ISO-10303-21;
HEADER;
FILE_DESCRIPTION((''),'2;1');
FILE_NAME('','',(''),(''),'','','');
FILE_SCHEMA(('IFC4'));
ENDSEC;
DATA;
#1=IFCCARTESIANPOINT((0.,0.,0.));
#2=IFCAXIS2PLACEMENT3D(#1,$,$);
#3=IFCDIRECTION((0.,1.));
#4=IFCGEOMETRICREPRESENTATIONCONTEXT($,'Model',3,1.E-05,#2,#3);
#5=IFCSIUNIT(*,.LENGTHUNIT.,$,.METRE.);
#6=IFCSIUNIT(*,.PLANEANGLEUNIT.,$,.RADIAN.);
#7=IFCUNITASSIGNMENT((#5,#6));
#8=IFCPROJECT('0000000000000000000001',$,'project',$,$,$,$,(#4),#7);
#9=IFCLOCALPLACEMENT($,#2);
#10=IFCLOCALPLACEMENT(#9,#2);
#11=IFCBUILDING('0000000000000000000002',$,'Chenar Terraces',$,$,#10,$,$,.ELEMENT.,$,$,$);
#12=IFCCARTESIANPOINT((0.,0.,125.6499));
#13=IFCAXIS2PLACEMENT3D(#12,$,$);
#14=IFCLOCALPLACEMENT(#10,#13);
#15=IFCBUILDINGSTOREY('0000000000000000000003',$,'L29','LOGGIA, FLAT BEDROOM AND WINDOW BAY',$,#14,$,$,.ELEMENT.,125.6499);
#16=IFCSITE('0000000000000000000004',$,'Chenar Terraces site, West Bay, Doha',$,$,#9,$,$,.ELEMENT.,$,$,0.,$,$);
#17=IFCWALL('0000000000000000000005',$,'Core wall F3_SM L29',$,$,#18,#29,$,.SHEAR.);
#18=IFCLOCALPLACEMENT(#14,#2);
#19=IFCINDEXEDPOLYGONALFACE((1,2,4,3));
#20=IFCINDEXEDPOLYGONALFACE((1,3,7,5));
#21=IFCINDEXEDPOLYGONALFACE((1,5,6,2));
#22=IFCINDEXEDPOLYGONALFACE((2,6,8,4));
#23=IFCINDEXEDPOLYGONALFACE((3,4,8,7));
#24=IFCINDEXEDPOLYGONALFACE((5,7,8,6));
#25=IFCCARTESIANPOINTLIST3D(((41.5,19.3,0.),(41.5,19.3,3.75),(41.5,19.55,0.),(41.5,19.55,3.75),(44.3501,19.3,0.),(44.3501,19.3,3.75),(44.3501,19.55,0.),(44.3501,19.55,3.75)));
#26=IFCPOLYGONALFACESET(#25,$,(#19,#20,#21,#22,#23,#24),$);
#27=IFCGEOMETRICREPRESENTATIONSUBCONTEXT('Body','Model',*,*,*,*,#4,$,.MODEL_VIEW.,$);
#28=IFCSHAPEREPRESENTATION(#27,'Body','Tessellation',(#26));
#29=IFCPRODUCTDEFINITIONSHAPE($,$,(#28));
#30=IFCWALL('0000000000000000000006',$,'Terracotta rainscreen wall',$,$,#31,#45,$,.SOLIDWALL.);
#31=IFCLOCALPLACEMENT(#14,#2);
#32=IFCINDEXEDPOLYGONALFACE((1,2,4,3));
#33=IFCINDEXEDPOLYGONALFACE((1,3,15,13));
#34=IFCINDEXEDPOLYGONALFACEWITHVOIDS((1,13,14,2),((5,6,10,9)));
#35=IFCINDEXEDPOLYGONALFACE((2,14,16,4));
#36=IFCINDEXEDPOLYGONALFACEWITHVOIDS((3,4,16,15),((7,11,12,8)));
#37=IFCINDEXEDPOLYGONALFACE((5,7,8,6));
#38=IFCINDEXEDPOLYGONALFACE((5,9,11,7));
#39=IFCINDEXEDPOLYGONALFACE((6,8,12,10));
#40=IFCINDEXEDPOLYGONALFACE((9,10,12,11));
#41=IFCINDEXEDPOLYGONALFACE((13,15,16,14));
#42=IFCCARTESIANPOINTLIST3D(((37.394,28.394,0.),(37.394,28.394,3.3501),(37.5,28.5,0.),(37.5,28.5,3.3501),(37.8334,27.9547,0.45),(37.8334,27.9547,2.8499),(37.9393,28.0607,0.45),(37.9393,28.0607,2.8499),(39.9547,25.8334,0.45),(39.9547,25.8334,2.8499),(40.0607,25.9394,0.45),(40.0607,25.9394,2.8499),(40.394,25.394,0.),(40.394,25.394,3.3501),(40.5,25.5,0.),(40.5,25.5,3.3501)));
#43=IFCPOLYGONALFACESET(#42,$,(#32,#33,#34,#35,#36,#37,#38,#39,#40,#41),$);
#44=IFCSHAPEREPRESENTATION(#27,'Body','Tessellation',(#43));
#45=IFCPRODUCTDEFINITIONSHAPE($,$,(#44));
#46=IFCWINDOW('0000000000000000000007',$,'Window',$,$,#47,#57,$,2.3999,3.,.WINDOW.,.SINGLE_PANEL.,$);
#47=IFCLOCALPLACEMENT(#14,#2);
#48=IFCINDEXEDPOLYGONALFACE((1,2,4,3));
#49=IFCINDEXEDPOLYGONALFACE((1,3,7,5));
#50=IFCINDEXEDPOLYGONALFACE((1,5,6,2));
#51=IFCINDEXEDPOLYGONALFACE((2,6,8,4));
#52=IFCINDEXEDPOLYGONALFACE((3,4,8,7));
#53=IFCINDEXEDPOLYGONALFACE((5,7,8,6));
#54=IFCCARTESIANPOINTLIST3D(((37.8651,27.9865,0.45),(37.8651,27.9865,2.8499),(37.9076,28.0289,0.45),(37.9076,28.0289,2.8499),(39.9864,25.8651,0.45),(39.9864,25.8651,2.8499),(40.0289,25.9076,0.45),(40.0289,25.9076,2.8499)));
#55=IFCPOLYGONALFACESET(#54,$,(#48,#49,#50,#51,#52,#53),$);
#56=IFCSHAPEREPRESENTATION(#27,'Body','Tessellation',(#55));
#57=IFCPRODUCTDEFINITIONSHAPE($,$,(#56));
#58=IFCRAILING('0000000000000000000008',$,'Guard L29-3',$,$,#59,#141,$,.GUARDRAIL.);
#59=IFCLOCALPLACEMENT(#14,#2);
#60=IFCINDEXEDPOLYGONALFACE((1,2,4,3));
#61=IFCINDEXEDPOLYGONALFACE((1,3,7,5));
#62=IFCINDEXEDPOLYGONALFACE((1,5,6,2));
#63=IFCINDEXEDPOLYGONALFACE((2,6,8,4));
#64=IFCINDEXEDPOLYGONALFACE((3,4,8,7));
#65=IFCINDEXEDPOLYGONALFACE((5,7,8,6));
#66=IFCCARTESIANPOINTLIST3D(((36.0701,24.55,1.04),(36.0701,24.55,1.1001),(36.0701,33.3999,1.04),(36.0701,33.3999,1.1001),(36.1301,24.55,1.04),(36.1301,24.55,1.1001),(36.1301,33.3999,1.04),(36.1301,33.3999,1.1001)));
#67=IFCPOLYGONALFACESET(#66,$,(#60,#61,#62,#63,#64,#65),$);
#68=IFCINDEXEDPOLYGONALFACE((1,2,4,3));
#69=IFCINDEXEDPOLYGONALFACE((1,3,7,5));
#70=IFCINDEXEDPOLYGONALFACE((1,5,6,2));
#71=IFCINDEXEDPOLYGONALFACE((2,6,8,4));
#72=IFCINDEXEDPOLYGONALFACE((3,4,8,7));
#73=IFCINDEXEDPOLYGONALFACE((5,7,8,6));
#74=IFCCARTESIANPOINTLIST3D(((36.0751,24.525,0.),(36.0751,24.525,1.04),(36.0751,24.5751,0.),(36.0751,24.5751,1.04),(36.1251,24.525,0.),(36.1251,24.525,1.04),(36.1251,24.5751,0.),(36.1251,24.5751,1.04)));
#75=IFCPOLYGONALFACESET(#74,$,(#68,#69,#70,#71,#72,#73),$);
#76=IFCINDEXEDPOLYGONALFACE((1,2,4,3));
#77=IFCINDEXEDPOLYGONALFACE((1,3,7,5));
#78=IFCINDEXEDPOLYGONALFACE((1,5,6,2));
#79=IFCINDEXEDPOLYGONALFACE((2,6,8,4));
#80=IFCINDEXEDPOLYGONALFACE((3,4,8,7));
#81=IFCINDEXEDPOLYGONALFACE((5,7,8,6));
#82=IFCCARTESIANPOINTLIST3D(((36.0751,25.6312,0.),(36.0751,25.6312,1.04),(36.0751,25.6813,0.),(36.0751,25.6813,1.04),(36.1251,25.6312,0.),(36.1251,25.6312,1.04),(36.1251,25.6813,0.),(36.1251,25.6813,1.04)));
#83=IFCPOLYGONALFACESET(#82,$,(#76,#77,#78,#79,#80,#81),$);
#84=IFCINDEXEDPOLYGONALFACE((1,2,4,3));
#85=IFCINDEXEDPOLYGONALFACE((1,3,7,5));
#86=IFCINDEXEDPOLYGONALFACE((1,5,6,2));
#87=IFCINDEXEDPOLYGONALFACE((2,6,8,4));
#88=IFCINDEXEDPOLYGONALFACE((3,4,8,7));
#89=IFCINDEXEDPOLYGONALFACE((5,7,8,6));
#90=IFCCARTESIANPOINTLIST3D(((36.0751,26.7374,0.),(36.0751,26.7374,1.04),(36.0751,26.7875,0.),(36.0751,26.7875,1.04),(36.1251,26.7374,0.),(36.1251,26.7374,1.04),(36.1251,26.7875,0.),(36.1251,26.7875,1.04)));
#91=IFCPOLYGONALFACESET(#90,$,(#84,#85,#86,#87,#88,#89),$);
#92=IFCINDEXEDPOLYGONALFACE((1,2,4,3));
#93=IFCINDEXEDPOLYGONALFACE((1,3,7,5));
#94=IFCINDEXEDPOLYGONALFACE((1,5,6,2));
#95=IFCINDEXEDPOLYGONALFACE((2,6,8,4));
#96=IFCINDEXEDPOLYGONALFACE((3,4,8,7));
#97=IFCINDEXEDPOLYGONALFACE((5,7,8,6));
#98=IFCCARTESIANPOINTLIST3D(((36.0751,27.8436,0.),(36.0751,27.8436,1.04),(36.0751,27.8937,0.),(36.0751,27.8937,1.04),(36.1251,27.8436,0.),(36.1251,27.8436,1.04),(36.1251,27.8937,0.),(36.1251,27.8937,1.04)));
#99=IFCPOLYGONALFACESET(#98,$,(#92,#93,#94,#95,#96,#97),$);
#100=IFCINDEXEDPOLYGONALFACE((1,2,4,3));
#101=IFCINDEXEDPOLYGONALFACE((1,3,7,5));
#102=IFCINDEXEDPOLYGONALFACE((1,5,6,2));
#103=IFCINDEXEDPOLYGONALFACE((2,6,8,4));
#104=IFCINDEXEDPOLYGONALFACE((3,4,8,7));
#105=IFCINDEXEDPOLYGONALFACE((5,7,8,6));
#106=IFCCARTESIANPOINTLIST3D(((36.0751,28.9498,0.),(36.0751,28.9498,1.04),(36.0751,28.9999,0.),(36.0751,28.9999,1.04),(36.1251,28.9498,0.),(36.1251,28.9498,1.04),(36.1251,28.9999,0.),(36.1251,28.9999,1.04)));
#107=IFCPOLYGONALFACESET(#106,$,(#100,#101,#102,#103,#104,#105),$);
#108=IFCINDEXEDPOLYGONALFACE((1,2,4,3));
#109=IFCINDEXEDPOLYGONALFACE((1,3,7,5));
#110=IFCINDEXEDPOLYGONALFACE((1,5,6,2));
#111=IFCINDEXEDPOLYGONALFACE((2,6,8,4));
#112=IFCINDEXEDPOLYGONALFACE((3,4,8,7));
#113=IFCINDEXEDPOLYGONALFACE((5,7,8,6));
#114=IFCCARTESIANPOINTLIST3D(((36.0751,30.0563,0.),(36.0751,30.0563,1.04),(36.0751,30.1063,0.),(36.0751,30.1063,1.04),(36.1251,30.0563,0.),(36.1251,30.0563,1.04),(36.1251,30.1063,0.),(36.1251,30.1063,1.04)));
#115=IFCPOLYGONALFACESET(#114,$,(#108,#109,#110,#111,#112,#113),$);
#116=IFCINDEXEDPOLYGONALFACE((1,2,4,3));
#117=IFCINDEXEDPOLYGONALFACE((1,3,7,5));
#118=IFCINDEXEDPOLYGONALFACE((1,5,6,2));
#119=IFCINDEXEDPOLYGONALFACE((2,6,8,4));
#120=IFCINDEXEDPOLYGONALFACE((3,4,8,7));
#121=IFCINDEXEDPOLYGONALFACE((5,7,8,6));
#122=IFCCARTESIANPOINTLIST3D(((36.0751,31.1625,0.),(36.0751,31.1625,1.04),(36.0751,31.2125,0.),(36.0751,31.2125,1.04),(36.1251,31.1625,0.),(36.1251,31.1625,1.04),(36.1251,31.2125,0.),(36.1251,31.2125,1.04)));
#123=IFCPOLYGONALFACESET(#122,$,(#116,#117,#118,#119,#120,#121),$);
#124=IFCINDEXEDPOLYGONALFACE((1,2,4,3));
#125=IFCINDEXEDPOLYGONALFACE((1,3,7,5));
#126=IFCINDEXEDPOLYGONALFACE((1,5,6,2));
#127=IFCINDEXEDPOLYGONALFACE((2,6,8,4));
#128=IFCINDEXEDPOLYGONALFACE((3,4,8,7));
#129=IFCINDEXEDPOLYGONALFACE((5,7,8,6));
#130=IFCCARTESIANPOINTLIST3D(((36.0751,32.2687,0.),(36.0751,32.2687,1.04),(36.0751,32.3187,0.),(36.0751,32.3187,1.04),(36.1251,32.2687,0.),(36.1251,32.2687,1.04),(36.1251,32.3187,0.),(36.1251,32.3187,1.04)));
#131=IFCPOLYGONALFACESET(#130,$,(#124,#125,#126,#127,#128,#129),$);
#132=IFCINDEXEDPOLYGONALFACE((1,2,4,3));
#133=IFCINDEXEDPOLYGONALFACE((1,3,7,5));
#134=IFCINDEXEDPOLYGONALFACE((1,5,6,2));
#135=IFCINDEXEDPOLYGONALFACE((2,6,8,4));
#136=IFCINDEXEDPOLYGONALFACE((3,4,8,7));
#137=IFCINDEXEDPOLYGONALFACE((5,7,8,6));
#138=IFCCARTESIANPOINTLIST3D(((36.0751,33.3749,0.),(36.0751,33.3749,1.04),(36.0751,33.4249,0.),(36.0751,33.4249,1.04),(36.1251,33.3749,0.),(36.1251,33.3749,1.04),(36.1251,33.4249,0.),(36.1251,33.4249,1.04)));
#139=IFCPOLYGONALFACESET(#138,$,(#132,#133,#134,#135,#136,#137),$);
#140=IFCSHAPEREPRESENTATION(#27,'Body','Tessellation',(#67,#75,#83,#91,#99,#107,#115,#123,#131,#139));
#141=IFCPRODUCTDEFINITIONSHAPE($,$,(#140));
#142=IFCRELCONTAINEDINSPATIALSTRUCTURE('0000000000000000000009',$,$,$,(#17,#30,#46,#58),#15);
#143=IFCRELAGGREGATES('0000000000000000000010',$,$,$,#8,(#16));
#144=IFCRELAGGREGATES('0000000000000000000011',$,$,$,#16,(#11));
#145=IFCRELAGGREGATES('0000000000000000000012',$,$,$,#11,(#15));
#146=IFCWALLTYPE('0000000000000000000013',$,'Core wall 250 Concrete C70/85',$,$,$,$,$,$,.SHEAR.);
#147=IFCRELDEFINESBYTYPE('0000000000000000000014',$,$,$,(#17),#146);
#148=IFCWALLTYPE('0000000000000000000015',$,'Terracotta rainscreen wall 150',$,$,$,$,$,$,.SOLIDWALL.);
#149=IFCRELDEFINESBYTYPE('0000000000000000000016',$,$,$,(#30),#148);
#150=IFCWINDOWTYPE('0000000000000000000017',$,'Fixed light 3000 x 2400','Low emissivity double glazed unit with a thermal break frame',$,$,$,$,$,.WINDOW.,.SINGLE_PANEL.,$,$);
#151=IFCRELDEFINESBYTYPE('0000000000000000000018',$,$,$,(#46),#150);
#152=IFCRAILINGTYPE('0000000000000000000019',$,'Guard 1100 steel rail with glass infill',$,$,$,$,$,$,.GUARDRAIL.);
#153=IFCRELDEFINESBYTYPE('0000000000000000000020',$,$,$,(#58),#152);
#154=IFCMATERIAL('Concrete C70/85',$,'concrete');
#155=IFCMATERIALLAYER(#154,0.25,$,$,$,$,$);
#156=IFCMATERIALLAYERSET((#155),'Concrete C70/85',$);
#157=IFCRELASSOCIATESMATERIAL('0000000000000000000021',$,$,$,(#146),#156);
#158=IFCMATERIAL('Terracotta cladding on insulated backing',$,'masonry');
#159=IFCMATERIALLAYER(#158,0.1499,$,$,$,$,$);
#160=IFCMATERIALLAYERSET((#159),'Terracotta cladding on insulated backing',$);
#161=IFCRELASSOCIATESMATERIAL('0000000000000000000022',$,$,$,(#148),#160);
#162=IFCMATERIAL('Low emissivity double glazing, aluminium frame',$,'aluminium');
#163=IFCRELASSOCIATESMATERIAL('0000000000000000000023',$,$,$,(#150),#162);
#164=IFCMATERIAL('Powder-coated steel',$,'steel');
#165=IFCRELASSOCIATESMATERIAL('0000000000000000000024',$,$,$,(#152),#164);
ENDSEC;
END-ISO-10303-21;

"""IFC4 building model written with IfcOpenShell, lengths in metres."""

from ifc_helpers import new_model, si_unit, direction, frame, frame_2d, origin, origin_2d, place, context, subcontext, project, spatial, rectangle, extrude, material, layer, layer_set, type_object, element, fill, save


model = new_model("IFC4")

# Units and contexts
model_context = context("Model", 3, precision=1e-05, world=origin(), true_north=direction((0.0, 1.0)))
body_context = subcontext(model_context, "Body", "Model", "MODEL_VIEW")
ifc_project = project(units=[si_unit("LENGTHUNIT", "METRE"), si_unit("PLANEANGLEUNIT", "RADIAN")], contexts=[model_context])

# Site, building, storey
site_placement = place(None, origin())
site = spatial("IfcSite", under=ifc_project, at=site_placement, Name="Chenar Terraces site, West Bay, Doha", CompositionType="ELEMENT", RefElevation=0.0)
building_placement = place(site_placement, origin())
building = spatial("IfcBuilding", under=site, at=building_placement, Name="Chenar Terraces", CompositionType="ELEMENT")
storey_placement = place(building_placement, frame((0.0, 0.0, 125.6499)))
storey = spatial("IfcBuildingStorey", under=building, at=storey_placement, Name="L29", Description="LOGGIA, FLAT BEDROOM AND WINDOW BAY", CompositionType="ELEMENT", Elevation=125.6499)

# Wall
ifc_material_1 = material(Name="Concrete C70/85", Category="concrete")
ifc_layer_1 = layer(ifc_material_1, 0.25)
ifc_layer_set_1 = layer_set([ifc_layer_1], Name="Concrete C70/85")
wall_type_1 = type_object("IfcWallType", Name="Core wall 250 Concrete C70/85", PredefinedType="SHEAR", material=ifc_layer_set_1)
for number, where, z_axis, x_axis, name in (
    (1, (41.5, 19.425, 0.0), (0.0, 0.0, 1.0), (1.0, 0.0, 0.0), "Core wall F3_SM L29"),
):
    element("IfcWall", number, at=place(storey_placement, frame(where, z_axis=z_axis, x_axis=x_axis)), inside=storey, type_object=wall_type_1, Name=name, PredefinedType="SHEAR", context=body_context, shape_type="SweptSolid", body=[
        extrude(rectangle(XDim=2.8501, YDim=0.25, at=frame_2d((1.425, 0.0))), origin(), (0.0, 0.0, 1.0), 3.75),
    ])

# Wall, opening, window
ifc_material_2 = material(Name="Terracotta cladding on insulated backing", Category="masonry")
ifc_layer_2 = layer(ifc_material_2, 0.1499)
ifc_layer_set_2 = layer_set([ifc_layer_2], Name="Terracotta cladding on insulated backing")
wall_type_2 = type_object("IfcWallType", Name="Terracotta rainscreen wall 150", PredefinedType="SOLIDWALL", material=ifc_layer_set_2)
wall_1_placement = place(storey_placement, frame((40.447, 25.447, 0.0), z_axis=(0.0, 0.0, 1.0), x_axis=(-0.707107, 0.707107, 0.0)))
wall_1 = element("IfcWall", 2, at=wall_1_placement, inside=storey, type_object=wall_type_2, Name="Terracotta rainscreen wall", PredefinedType="SOLIDWALL", context=body_context, shape_type="SweptSolid", body=[
    extrude(rectangle(XDim=4.2427, YDim=0.1499, at=frame_2d((2.1213, 0.0))), origin(), (0.0, 0.0, 1.0), 3.3501),
])
opening_placement = place(wall_1_placement, frame((0.6213, 0.0, 0.45)))
opening = element("IfcOpeningElement", 3, at=opening_placement, cuts=wall_1, PredefinedType="OPENING", context=body_context, shape_type="SweptSolid", body=[
    extrude(rectangle(XDim=3.0, YDim=2.3999, at=frame_2d((1.5, 1.2))), frame((0.0, 0.085, 0.0), z_axis=(0.0, -1.0, 0.0), x_axis=(1.0, 0.0, 0.0)), (0.0, 0.0, 1.0), 0.1699),
])
ifc_material_3 = material(Name="Low emissivity double glazing, aluminium frame", Category="aluminium")
window_type = type_object("IfcWindowType", Name="Fixed light 3000 x 2400", Description="Low emissivity double glazed unit with a thermal break frame", PartitioningType="SINGLE_PANEL", PredefinedType="WINDOW", material=ifc_material_3)
window_placement = place(opening_placement, origin())
window = element("IfcWindow", 4, at=window_placement, inside=storey, type_object=window_type, Name="Window", OverallHeight=2.3999, OverallWidth=3.0, PartitioningType="SINGLE_PANEL", PredefinedType="WINDOW", context=body_context, shape_type="SweptSolid", body=[
    extrude(rectangle(XDim=3.0, YDim=2.3999, at=frame_2d((1.5, 1.2))), frame((0.0, 0.03, 0.0), z_axis=(0.0, -1.0, 0.0), x_axis=(1.0, 0.0, 0.0)), (0.0, 0.0, 1.0), 0.0601),
])
fill(opening, window)

# Railing
ifc_material_4 = material(Name="Powder-coated steel", Category="steel")
railing_type = type_object("IfcRailingType", Name="Guard 1100 steel rail with glass infill", PredefinedType="GUARDRAIL", material=ifc_material_4)
railing_placement = place(storey_placement, frame((36.1001, 24.55, 0.0)))
element("IfcRailing", 5, at=railing_placement, inside=storey, type_object=railing_type, Name="Guard L29-3", PredefinedType="GUARDRAIL", context=body_context, shape_type="SweptSolid", body=[
    extrude(rectangle(XDim=0.0601, YDim=0.0601, at=origin_2d()), frame((0.0, 0.0, 1.0701), z_axis=(0.0, 1.0, 0.0), x_axis=(-1.0, 0.0, 0.0)), (0.0, 0.0, 1.0), 8.8499),
    extrude(rectangle(XDim=0.05, YDim=0.05, at=origin_2d()), origin(), (0.0, 0.0, 1.0), 1.04),
    extrude(rectangle(XDim=0.05, YDim=0.05, at=origin_2d()), frame((0.0, 1.1062, 0.0)), (0.0, 0.0, 1.0), 1.04),
    extrude(rectangle(XDim=0.05, YDim=0.05, at=origin_2d()), frame((0.0, 2.2124, 0.0)), (0.0, 0.0, 1.0), 1.04),
    extrude(rectangle(XDim=0.05, YDim=0.05, at=origin_2d()), frame((0.0, 3.3186, 0.0)), (0.0, 0.0, 1.0), 1.04),
    extrude(rectangle(XDim=0.05, YDim=0.05, at=origin_2d()), frame((0.0, 4.4248, 0.0)), (0.0, 0.0, 1.0), 1.04),
    extrude(rectangle(XDim=0.05, YDim=0.05, at=origin_2d()), frame((0.0, 5.5312, 0.0)), (0.0, 0.0, 1.0), 1.04),
    extrude(rectangle(XDim=0.05, YDim=0.05, at=origin_2d()), frame((0.0, 6.6375, 0.0)), (0.0, 0.0, 1.0), 1.04),
    extrude(rectangle(XDim=0.05, YDim=0.05, at=origin_2d()), frame((0.0, 7.7437, 0.0)), (0.0, 0.0, 1.0), 1.04),
    extrude(rectangle(XDim=0.05, YDim=0.05, at=origin_2d()), frame((0.0, 8.8499, 0.0)), (0.0, 0.0, 1.0), 1.04),
])

save(model, "model.ifc")
